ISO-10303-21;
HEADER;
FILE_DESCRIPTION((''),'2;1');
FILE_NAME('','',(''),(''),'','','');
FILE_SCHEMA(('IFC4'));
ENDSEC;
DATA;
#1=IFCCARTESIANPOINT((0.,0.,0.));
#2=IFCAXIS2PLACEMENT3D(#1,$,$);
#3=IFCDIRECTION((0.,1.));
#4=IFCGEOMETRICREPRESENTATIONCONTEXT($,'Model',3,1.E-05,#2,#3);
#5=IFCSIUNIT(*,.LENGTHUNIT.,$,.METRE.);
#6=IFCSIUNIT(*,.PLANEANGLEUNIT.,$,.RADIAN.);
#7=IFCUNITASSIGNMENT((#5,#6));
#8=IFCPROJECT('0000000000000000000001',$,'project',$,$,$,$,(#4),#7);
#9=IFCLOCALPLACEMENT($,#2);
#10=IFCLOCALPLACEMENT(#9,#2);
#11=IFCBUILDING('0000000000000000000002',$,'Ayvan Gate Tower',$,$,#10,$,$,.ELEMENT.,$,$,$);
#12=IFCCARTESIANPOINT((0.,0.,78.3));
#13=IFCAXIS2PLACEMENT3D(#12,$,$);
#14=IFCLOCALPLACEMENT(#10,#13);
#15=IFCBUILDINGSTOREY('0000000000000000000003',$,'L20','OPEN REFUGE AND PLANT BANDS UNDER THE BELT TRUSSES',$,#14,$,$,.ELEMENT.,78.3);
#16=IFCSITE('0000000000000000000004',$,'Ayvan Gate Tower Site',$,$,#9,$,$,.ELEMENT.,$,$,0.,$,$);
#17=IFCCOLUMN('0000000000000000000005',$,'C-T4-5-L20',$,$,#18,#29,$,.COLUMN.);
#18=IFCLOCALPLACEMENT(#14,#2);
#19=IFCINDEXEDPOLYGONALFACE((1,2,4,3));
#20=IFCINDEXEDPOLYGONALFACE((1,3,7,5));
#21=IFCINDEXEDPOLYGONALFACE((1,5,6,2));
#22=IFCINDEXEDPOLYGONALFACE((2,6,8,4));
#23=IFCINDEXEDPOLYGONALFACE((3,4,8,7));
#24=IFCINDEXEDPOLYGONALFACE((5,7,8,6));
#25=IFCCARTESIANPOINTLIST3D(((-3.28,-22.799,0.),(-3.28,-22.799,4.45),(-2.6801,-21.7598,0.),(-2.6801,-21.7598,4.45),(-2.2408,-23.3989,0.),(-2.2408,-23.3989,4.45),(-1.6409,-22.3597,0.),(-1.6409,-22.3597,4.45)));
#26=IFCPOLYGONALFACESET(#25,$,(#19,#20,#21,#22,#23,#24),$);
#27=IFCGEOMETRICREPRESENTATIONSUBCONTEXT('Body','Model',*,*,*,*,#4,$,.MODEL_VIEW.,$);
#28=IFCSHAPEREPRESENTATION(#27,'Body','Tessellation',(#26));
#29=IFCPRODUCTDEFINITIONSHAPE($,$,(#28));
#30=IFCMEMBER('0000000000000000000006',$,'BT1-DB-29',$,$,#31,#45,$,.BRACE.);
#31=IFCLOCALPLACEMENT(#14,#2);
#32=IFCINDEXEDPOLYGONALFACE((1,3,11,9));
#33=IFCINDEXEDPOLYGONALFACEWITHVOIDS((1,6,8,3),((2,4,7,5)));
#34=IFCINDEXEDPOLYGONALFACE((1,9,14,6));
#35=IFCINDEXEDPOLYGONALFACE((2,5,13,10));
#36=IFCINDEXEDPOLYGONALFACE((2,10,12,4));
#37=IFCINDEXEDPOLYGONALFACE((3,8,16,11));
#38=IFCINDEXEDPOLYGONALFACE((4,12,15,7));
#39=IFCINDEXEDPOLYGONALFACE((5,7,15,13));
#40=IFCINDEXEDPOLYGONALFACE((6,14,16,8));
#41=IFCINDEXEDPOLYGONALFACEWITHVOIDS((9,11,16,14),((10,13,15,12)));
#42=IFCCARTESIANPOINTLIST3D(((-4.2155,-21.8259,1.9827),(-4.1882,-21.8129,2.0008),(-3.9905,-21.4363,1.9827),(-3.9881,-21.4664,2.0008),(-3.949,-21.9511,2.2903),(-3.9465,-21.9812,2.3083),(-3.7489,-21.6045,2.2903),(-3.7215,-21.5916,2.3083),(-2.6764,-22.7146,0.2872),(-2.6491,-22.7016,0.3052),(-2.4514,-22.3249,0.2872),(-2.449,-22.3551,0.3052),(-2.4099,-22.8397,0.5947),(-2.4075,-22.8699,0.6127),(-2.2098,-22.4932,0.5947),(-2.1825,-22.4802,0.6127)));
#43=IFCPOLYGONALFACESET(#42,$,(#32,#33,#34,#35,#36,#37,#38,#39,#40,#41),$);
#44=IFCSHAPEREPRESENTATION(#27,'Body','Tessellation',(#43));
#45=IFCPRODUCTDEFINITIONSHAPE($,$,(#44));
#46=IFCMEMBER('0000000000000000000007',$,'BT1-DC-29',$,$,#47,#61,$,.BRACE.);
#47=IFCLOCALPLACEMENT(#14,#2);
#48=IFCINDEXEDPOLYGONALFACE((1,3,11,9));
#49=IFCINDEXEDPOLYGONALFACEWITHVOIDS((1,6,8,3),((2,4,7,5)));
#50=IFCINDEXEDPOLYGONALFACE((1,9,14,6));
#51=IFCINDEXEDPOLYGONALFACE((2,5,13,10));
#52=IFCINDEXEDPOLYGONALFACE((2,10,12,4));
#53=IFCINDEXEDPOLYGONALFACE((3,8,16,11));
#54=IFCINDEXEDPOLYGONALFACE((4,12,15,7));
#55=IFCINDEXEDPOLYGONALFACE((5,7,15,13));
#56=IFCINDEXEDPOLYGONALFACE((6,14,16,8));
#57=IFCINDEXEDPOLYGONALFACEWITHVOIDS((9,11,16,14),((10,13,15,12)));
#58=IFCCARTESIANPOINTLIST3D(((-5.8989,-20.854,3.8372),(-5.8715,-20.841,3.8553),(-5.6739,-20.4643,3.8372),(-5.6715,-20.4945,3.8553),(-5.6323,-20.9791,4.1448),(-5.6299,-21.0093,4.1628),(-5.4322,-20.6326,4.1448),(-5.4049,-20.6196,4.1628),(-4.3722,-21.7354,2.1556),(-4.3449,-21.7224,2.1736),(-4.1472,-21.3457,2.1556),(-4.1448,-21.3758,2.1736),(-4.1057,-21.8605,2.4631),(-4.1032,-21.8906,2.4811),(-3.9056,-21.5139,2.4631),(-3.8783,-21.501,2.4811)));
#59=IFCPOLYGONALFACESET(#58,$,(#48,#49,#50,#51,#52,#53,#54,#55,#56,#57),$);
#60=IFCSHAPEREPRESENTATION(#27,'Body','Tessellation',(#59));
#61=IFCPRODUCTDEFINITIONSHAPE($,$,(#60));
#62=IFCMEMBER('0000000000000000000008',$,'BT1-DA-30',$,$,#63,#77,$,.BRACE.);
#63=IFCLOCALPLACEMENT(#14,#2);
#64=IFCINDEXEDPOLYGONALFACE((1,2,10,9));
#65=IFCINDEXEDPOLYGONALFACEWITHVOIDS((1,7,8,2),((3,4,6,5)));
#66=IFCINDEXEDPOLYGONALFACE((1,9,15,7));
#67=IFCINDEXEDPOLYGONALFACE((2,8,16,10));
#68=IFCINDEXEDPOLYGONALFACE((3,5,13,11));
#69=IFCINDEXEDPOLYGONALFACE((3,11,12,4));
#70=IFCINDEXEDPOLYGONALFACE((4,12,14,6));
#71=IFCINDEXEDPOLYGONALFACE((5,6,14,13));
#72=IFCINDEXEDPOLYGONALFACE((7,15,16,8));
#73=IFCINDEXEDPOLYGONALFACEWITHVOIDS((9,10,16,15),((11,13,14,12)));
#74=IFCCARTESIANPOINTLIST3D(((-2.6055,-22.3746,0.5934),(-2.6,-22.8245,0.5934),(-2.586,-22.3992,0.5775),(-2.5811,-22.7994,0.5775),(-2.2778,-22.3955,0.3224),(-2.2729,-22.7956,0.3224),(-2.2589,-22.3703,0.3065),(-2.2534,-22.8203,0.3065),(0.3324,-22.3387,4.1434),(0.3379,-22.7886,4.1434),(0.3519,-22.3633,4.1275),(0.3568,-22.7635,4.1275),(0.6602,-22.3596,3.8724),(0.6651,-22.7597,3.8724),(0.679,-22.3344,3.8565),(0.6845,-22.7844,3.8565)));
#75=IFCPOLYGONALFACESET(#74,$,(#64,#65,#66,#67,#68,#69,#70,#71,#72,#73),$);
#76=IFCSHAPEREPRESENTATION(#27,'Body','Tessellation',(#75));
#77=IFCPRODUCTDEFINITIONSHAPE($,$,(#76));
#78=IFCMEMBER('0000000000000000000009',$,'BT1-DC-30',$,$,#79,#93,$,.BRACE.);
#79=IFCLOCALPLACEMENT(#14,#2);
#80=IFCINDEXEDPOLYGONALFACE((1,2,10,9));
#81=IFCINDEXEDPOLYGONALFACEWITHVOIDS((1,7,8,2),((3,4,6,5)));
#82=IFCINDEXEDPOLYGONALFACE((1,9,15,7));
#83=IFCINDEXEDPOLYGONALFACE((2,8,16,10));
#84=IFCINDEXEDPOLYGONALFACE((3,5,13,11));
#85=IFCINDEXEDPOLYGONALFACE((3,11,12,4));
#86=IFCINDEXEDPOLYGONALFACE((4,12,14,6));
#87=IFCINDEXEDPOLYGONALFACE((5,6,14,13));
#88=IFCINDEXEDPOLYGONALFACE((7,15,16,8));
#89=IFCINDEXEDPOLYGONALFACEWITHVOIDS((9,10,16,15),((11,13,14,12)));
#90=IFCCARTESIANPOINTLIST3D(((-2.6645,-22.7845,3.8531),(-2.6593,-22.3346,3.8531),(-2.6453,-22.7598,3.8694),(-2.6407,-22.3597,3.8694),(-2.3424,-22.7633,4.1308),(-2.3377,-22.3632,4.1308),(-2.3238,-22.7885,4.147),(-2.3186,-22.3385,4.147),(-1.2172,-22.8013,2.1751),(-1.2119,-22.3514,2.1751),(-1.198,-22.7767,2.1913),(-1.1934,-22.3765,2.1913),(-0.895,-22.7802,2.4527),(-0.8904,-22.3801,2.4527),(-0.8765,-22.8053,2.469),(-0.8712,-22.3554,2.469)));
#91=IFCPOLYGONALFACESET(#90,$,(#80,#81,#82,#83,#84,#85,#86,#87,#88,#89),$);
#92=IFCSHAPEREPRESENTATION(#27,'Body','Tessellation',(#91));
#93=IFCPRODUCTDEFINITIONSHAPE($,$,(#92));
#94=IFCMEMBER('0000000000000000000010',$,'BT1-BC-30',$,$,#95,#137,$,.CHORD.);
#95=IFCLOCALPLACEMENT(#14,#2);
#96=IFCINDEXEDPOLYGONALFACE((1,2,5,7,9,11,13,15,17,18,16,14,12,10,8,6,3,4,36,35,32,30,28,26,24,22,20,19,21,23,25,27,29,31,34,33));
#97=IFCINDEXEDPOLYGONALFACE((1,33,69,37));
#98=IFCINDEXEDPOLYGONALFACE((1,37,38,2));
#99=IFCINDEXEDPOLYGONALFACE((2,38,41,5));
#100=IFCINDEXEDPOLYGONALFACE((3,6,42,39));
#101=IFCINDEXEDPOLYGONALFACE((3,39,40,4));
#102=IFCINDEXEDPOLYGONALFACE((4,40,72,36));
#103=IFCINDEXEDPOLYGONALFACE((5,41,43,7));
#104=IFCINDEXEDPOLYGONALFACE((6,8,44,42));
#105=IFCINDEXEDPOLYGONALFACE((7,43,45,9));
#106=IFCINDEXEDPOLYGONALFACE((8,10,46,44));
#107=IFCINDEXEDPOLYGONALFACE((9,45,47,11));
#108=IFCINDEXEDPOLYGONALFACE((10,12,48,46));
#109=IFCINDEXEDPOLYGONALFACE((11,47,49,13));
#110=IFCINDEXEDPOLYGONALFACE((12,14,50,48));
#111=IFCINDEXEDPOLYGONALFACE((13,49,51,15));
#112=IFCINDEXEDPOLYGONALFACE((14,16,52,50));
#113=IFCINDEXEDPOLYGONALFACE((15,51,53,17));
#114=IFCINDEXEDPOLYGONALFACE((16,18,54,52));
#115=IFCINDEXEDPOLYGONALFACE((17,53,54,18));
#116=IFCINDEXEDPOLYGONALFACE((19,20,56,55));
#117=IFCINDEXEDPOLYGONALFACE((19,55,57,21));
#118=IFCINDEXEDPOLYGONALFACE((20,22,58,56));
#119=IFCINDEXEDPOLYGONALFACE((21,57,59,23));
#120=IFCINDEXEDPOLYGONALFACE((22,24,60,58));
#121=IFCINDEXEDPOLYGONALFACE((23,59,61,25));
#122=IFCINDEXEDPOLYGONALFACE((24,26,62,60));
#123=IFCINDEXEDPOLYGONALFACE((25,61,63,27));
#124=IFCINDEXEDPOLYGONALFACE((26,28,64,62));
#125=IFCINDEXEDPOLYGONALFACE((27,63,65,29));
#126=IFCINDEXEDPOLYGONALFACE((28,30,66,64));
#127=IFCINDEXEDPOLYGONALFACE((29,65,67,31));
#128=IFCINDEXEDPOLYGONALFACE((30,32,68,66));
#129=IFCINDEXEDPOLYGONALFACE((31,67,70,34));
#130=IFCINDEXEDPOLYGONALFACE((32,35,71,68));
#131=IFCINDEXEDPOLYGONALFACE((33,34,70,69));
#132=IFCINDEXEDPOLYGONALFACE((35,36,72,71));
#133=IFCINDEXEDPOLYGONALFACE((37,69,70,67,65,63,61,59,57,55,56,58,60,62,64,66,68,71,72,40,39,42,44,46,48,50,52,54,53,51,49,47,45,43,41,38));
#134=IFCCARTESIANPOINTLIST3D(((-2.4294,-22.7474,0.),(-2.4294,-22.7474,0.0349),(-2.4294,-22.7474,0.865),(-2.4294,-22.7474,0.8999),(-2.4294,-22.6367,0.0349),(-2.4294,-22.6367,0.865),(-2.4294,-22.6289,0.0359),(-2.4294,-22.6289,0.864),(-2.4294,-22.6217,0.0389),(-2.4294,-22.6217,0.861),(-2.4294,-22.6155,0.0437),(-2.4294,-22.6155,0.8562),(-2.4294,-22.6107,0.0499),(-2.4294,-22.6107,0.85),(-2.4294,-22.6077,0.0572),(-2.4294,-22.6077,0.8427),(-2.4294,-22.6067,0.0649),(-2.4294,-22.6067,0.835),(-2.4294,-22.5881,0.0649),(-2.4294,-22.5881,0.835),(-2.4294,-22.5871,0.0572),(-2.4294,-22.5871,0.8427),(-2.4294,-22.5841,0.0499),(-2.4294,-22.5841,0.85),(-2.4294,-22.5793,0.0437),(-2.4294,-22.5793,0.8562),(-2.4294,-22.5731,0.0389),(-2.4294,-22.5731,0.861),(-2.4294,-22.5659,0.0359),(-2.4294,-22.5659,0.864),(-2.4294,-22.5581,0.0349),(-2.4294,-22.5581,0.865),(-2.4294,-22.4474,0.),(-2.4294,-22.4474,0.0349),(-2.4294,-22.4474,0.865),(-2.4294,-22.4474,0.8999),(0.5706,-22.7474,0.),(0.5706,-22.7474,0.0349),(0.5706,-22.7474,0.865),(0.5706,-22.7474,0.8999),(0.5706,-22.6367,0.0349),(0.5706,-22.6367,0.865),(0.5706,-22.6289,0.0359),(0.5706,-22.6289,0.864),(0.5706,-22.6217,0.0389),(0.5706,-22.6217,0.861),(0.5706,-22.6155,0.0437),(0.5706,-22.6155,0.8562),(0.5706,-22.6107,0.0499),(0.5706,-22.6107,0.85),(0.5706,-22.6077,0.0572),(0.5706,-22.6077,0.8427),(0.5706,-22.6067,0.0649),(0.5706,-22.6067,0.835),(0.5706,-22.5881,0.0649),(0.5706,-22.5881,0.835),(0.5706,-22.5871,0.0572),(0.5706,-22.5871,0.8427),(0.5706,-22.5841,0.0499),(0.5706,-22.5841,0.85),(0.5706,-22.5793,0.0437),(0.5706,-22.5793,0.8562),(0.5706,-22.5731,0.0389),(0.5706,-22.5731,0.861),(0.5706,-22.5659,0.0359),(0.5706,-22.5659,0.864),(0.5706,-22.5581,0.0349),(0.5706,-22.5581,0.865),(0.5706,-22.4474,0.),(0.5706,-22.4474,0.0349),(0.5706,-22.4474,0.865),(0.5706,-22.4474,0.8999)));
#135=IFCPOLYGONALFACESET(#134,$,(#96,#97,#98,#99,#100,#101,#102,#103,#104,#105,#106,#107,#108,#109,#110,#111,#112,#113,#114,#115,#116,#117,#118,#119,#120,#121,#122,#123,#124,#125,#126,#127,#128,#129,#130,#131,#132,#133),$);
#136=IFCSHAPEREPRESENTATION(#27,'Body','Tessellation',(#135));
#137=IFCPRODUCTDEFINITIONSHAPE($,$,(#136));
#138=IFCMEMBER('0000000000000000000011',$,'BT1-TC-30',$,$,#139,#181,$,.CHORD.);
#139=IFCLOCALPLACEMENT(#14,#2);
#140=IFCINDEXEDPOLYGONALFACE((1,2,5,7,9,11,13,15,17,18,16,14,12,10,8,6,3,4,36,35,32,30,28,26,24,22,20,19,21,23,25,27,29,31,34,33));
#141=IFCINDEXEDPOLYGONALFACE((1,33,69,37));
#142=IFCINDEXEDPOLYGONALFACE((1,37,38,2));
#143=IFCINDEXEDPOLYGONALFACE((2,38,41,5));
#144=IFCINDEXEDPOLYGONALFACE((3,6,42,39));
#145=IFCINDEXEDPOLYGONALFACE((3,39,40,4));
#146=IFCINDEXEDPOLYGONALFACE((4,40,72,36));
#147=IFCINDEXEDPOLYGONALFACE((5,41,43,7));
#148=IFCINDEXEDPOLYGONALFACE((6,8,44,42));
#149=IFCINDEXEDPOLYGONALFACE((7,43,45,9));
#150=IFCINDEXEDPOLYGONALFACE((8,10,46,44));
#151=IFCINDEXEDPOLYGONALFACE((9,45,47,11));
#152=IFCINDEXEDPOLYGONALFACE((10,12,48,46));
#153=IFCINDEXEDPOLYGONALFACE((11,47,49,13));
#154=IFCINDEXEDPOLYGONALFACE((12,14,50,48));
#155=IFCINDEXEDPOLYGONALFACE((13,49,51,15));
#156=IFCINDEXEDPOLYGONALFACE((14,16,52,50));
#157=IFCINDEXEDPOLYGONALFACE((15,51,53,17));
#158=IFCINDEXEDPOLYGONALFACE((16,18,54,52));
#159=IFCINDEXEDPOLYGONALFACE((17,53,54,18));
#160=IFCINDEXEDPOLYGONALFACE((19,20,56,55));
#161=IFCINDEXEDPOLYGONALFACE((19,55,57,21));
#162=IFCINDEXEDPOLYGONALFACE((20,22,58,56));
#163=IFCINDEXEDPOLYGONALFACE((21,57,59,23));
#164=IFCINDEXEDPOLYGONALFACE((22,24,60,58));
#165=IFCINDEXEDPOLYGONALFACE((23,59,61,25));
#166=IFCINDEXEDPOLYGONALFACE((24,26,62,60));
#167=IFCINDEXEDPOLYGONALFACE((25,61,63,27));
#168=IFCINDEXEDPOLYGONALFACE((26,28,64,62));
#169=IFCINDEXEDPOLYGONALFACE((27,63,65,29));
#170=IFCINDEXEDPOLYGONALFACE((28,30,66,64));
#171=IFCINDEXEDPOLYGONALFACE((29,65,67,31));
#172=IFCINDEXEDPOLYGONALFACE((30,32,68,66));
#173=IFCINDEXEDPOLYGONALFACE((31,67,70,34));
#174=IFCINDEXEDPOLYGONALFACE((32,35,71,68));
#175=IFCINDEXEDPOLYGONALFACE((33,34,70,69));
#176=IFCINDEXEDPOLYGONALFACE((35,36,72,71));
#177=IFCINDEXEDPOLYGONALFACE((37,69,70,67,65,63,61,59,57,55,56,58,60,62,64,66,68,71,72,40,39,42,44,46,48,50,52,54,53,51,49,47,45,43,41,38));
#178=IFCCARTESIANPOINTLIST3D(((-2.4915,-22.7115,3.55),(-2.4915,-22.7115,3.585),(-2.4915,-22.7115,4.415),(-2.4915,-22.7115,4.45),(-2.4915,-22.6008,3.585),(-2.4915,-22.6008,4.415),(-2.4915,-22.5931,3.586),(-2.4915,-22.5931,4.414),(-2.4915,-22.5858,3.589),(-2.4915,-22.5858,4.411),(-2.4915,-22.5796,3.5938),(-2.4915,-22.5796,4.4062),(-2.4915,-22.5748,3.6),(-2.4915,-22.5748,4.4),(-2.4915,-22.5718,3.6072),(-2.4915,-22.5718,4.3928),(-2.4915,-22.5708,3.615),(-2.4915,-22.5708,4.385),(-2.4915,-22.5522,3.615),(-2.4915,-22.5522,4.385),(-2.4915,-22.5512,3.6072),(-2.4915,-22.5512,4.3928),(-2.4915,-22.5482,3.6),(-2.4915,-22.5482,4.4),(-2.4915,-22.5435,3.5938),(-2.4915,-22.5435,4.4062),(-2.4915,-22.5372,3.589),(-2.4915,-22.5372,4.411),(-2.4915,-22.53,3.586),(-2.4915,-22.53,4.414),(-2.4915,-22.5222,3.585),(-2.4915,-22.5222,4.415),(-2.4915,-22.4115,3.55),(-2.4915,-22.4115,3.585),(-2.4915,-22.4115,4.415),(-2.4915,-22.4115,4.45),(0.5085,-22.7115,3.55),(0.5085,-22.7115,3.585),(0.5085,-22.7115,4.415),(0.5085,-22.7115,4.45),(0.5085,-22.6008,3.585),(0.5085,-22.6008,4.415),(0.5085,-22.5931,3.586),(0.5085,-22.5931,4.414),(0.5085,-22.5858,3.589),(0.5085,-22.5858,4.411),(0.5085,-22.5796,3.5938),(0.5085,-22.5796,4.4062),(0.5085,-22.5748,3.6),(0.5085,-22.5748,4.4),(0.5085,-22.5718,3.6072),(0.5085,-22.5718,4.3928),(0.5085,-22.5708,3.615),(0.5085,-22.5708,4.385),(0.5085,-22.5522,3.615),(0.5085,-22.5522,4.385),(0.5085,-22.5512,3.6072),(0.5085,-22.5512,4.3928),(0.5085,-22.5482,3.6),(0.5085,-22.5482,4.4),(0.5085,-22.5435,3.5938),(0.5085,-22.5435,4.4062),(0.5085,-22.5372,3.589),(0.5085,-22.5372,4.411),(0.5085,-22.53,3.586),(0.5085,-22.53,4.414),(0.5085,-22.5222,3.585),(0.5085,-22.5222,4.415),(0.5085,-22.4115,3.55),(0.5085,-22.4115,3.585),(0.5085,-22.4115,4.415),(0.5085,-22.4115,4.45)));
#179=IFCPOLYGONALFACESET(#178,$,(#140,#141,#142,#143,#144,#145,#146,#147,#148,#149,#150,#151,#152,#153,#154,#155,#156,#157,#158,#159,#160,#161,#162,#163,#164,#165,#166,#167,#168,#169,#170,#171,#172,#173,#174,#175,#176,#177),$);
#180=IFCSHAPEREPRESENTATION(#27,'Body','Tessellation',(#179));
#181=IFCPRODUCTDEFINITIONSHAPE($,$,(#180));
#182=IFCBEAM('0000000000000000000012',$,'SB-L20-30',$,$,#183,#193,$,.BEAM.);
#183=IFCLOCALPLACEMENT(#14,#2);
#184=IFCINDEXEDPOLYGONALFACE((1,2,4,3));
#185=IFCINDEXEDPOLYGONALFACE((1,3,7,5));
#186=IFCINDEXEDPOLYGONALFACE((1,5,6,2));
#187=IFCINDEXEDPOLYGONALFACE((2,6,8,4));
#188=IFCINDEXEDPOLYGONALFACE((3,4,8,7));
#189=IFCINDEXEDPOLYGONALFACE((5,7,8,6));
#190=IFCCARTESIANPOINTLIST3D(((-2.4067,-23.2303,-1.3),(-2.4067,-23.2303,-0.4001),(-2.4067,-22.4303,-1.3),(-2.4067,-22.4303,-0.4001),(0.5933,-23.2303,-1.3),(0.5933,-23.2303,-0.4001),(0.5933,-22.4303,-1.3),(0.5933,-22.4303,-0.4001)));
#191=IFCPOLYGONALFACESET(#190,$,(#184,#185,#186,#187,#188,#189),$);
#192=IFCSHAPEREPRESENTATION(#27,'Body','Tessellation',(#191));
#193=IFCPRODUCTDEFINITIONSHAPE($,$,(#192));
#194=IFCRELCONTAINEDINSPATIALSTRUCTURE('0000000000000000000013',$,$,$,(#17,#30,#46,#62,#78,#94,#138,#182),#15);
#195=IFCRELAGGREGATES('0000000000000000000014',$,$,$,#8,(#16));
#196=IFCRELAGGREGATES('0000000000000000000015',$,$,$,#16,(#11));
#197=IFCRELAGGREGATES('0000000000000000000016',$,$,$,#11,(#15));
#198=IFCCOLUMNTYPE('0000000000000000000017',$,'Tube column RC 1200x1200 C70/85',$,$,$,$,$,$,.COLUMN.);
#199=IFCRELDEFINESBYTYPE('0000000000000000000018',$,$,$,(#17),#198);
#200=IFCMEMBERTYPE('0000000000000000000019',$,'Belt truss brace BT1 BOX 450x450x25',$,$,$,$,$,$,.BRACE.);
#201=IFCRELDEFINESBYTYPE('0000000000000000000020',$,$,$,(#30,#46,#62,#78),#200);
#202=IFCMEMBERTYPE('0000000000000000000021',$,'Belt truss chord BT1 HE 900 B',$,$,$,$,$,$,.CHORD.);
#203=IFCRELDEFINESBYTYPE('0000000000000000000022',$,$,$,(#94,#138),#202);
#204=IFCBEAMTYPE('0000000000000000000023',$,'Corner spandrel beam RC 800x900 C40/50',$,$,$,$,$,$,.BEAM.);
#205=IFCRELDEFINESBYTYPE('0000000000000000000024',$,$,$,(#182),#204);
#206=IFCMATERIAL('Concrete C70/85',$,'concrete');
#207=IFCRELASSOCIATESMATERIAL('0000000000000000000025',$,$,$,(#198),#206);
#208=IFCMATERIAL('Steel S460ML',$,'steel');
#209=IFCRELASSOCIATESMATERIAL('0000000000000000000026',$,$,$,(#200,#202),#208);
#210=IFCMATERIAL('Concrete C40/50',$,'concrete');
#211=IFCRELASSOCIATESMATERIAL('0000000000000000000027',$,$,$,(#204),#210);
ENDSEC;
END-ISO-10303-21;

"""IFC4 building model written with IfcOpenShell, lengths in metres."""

from ifc_helpers import new_model, si_unit, direction, frame, origin, origin_2d, place, context, subcontext, project, spatial, rectangle, hollow_rectangle, i_section, extrude, material, material_profile, profile_set, type_object, element, save


model = new_model("IFC4")

# Units and contexts
model_context = context("Model", 3, precision=1e-05, world=origin(), true_north=direction((0.0, 1.0)))
body_context = subcontext(model_context, "Body", "Model", "MODEL_VIEW")
ifc_project = project(units=[si_unit("LENGTHUNIT", "METRE"), si_unit("PLANEANGLEUNIT", "RADIAN")], contexts=[model_context])

# Site, building, storey
site_placement = place(None, origin())
site = spatial("IfcSite", under=ifc_project, at=site_placement, Name="Ayvan Gate Tower Site", CompositionType="ELEMENT", RefElevation=0.0)
building_placement = place(site_placement, origin())
building = spatial("IfcBuilding", under=site, at=building_placement, Name="Ayvan Gate Tower", CompositionType="ELEMENT")
storey_placement = place(building_placement, frame((0.0, 0.0, 78.3)))
storey = spatial("IfcBuildingStorey", under=building, at=storey_placement, Name="L20", Description="OPEN REFUGE AND PLANT BANDS UNDER THE BELT TRUSSES", CompositionType="ELEMENT", Elevation=78.3)

# Column
ifc_material_1 = material(Name="Concrete C70/85", Category="concrete")
ifc_material_profile_1 = material_profile(ifc_material_1, rectangle(XDim=1.2, YDim=1.2, at=origin_2d()), Name="RC 1200x1200")
ifc_profile_set_1 = profile_set([ifc_material_profile_1], Name="Concrete C70/85")
column_type = type_object("IfcColumnType", Name="Tube column RC 1200x1200 C70/85", PredefinedType="COLUMN", material=ifc_profile_set_1)
column_placement = place(storey_placement, frame((-2.4604, -22.5793, 0.0), z_axis=(0.0, 0.0, 1.0), x_axis=(-0.5, -0.866025, 0.0)))
element("IfcColumn", 1, at=column_placement, inside=storey, type_object=column_type, Name="C-T4-5-L20", PredefinedType="COLUMN", context=body_context, shape_type="SweptSolid", body=[
    extrude(rectangle(XDim=1.2, YDim=1.2, at=origin_2d()), origin(), (0.0, 0.0, 1.0), 4.45),
])

# Members
ifc_material_2 = material(Name="Steel S460ML", Category="steel")
ifc_material_profile_2 = material_profile(ifc_material_2, hollow_rectangle(XDim=0.45, YDim=0.45, WallThickness=0.0249, at=origin_2d()), Name="BOX 450x450x25")
ifc_profile_set_2 = profile_set([ifc_material_profile_2], Name="Steel S460ML")
member_type_1 = type_object("IfcMemberType", Name="Belt truss brace BT1 BOX 450x450x25", PredefinedType="BRACE", material=ifc_profile_set_2)
member_1_placement = place(storey_placement, frame((-2.4294, -22.5974, 0.45), z_axis=(-0.62658, 0.361794, 0.690292), x_axis=(-0.50004, -0.866003, 0.0)))
element("IfcMember", 2, at=member_1_placement, inside=storey, type_object=member_type_1, Name="BT1-DB-29", PredefinedType="BRACE", context=body_context, shape_type="SweptSolid", body=[
    extrude(hollow_rectangle(XDim=0.45, YDim=0.45, WallThickness=0.0249, at=origin_2d()), origin(), (0.0, 0.0, 1.0), 2.4563),
])
member_2_placement = place(storey_placement, frame((-4.1252, -21.6182, 2.3184), z_axis=(-0.626628, 0.361767, 0.690263), x_axis=(-0.499982, -0.866036, 0.0)))
element("IfcMember", 3, at=member_2_placement, inside=storey, type_object=member_type_1, Name="BT1-DC-29", PredefinedType="BRACE", context=body_context, shape_type="SweptSolid", body=[
    extrude(hollow_rectangle(XDim=0.45, YDim=0.45, WallThickness=0.0249, at=origin_2d()), origin(), (0.0, 0.0, 1.0), 2.4363),
])
member_3_placement = place(storey_placement, frame((-2.4294, -22.5974, 0.45), z_axis=(0.637551, 0.007788, 0.770369), x_axis=(-0.012214, 0.999925, 0.0)))
element("IfcMember", 4, at=member_3_placement, inside=storey, type_object=member_type_1, Name="BT1-DA-30", PredefinedType="BRACE", context=body_context, shape_type="SweptSolid", body=[
    extrude(hollow_rectangle(XDim=0.45, YDim=0.45, WallThickness=0.0249, at=origin_2d()), origin(), (0.0, 0.0, 1.0), 4.6082),
])
member_4_placement = place(storey_placement, frame((-1.0442, -22.5784, 2.322), z_axis=(-0.65311, 0.007602, 0.757225), x_axis=(-0.011639, -0.999932, 0.0)))
element("IfcMember", 5, at=member_4_placement, inside=storey, type_object=member_type_1, Name="BT1-DC-30", PredefinedType="BRACE", context=body_context, shape_type="SweptSolid", body=[
    extrude(hollow_rectangle(XDim=0.45, YDim=0.45, WallThickness=0.0249, at=origin_2d()), origin(), (0.0, 0.0, 1.0), 2.2161),
])
ifc_material_profile_3 = material_profile(ifc_material_2, i_section(OverallWidth=0.3, OverallDepth=0.8999, WebThickness=0.0186, FlangeThickness=0.0349, FilletRadius=0.03, at=origin_2d()), Name="HE 900 B")
ifc_profile_set_3 = profile_set([ifc_material_profile_3], Name="Steel S460ML")
member_type_2 = type_object("IfcMemberType", Name="Belt truss chord BT1 HE 900 B", PredefinedType="CHORD", material=ifc_profile_set_3)
for number, where, z_axis, x_axis, name in (
    (6, (-2.4294, -22.5974, 0.45), (1.0, 0.0, 0.0), (0.0, 1.0, 0.0), "BT1-BC-30"),
    (7, (-2.4915, -22.5615, 4.0), (1.0, 0.0, 0.0), (0.0, 1.0, 0.0), "BT1-TC-30"),
):
    element("IfcMember", number, at=place(storey_placement, frame(where, z_axis=z_axis, x_axis=x_axis)), inside=storey, type_object=member_type_2, Name=name, PredefinedType="CHORD", context=body_context, shape_type="SweptSolid", body=[
        extrude(i_section(OverallWidth=0.3, OverallDepth=0.8999, WebThickness=0.0186, FlangeThickness=0.0349, FilletRadius=0.03, at=origin_2d()), origin(), (0.0, 0.0, 1.0), 3.0),
    ])

# Beam
ifc_material_3 = material(Name="Concrete C40/50", Category="concrete")
ifc_material_profile_4 = material_profile(ifc_material_3, rectangle(XDim=0.8, YDim=0.8999, at=origin_2d()), Name="RC 800x900")
ifc_profile_set_4 = profile_set([ifc_material_profile_4], Name="Concrete C40/50")
beam_type_1 = type_object("IfcBeamType", Name="Corner spandrel beam RC 800x900 C40/50", PredefinedType="BEAM", material=ifc_profile_set_4)
beam_1_placement = place(storey_placement, frame((-2.4067, -22.8303, -0.8501), z_axis=(1.0, 0.0, 0.0), x_axis=(0.0, 1.0, 0.0)))
element("IfcBeam", 8, at=beam_1_placement, inside=storey, type_object=beam_type_1, Name="SB-L20-30", PredefinedType="BEAM", context=body_context, shape_type="SweptSolid", body=[
    extrude(rectangle(XDim=0.8, YDim=0.8999, at=origin_2d()), origin(), (0.0, 0.0, 1.0), 3.0),
])

save(model, "model.ifc")
